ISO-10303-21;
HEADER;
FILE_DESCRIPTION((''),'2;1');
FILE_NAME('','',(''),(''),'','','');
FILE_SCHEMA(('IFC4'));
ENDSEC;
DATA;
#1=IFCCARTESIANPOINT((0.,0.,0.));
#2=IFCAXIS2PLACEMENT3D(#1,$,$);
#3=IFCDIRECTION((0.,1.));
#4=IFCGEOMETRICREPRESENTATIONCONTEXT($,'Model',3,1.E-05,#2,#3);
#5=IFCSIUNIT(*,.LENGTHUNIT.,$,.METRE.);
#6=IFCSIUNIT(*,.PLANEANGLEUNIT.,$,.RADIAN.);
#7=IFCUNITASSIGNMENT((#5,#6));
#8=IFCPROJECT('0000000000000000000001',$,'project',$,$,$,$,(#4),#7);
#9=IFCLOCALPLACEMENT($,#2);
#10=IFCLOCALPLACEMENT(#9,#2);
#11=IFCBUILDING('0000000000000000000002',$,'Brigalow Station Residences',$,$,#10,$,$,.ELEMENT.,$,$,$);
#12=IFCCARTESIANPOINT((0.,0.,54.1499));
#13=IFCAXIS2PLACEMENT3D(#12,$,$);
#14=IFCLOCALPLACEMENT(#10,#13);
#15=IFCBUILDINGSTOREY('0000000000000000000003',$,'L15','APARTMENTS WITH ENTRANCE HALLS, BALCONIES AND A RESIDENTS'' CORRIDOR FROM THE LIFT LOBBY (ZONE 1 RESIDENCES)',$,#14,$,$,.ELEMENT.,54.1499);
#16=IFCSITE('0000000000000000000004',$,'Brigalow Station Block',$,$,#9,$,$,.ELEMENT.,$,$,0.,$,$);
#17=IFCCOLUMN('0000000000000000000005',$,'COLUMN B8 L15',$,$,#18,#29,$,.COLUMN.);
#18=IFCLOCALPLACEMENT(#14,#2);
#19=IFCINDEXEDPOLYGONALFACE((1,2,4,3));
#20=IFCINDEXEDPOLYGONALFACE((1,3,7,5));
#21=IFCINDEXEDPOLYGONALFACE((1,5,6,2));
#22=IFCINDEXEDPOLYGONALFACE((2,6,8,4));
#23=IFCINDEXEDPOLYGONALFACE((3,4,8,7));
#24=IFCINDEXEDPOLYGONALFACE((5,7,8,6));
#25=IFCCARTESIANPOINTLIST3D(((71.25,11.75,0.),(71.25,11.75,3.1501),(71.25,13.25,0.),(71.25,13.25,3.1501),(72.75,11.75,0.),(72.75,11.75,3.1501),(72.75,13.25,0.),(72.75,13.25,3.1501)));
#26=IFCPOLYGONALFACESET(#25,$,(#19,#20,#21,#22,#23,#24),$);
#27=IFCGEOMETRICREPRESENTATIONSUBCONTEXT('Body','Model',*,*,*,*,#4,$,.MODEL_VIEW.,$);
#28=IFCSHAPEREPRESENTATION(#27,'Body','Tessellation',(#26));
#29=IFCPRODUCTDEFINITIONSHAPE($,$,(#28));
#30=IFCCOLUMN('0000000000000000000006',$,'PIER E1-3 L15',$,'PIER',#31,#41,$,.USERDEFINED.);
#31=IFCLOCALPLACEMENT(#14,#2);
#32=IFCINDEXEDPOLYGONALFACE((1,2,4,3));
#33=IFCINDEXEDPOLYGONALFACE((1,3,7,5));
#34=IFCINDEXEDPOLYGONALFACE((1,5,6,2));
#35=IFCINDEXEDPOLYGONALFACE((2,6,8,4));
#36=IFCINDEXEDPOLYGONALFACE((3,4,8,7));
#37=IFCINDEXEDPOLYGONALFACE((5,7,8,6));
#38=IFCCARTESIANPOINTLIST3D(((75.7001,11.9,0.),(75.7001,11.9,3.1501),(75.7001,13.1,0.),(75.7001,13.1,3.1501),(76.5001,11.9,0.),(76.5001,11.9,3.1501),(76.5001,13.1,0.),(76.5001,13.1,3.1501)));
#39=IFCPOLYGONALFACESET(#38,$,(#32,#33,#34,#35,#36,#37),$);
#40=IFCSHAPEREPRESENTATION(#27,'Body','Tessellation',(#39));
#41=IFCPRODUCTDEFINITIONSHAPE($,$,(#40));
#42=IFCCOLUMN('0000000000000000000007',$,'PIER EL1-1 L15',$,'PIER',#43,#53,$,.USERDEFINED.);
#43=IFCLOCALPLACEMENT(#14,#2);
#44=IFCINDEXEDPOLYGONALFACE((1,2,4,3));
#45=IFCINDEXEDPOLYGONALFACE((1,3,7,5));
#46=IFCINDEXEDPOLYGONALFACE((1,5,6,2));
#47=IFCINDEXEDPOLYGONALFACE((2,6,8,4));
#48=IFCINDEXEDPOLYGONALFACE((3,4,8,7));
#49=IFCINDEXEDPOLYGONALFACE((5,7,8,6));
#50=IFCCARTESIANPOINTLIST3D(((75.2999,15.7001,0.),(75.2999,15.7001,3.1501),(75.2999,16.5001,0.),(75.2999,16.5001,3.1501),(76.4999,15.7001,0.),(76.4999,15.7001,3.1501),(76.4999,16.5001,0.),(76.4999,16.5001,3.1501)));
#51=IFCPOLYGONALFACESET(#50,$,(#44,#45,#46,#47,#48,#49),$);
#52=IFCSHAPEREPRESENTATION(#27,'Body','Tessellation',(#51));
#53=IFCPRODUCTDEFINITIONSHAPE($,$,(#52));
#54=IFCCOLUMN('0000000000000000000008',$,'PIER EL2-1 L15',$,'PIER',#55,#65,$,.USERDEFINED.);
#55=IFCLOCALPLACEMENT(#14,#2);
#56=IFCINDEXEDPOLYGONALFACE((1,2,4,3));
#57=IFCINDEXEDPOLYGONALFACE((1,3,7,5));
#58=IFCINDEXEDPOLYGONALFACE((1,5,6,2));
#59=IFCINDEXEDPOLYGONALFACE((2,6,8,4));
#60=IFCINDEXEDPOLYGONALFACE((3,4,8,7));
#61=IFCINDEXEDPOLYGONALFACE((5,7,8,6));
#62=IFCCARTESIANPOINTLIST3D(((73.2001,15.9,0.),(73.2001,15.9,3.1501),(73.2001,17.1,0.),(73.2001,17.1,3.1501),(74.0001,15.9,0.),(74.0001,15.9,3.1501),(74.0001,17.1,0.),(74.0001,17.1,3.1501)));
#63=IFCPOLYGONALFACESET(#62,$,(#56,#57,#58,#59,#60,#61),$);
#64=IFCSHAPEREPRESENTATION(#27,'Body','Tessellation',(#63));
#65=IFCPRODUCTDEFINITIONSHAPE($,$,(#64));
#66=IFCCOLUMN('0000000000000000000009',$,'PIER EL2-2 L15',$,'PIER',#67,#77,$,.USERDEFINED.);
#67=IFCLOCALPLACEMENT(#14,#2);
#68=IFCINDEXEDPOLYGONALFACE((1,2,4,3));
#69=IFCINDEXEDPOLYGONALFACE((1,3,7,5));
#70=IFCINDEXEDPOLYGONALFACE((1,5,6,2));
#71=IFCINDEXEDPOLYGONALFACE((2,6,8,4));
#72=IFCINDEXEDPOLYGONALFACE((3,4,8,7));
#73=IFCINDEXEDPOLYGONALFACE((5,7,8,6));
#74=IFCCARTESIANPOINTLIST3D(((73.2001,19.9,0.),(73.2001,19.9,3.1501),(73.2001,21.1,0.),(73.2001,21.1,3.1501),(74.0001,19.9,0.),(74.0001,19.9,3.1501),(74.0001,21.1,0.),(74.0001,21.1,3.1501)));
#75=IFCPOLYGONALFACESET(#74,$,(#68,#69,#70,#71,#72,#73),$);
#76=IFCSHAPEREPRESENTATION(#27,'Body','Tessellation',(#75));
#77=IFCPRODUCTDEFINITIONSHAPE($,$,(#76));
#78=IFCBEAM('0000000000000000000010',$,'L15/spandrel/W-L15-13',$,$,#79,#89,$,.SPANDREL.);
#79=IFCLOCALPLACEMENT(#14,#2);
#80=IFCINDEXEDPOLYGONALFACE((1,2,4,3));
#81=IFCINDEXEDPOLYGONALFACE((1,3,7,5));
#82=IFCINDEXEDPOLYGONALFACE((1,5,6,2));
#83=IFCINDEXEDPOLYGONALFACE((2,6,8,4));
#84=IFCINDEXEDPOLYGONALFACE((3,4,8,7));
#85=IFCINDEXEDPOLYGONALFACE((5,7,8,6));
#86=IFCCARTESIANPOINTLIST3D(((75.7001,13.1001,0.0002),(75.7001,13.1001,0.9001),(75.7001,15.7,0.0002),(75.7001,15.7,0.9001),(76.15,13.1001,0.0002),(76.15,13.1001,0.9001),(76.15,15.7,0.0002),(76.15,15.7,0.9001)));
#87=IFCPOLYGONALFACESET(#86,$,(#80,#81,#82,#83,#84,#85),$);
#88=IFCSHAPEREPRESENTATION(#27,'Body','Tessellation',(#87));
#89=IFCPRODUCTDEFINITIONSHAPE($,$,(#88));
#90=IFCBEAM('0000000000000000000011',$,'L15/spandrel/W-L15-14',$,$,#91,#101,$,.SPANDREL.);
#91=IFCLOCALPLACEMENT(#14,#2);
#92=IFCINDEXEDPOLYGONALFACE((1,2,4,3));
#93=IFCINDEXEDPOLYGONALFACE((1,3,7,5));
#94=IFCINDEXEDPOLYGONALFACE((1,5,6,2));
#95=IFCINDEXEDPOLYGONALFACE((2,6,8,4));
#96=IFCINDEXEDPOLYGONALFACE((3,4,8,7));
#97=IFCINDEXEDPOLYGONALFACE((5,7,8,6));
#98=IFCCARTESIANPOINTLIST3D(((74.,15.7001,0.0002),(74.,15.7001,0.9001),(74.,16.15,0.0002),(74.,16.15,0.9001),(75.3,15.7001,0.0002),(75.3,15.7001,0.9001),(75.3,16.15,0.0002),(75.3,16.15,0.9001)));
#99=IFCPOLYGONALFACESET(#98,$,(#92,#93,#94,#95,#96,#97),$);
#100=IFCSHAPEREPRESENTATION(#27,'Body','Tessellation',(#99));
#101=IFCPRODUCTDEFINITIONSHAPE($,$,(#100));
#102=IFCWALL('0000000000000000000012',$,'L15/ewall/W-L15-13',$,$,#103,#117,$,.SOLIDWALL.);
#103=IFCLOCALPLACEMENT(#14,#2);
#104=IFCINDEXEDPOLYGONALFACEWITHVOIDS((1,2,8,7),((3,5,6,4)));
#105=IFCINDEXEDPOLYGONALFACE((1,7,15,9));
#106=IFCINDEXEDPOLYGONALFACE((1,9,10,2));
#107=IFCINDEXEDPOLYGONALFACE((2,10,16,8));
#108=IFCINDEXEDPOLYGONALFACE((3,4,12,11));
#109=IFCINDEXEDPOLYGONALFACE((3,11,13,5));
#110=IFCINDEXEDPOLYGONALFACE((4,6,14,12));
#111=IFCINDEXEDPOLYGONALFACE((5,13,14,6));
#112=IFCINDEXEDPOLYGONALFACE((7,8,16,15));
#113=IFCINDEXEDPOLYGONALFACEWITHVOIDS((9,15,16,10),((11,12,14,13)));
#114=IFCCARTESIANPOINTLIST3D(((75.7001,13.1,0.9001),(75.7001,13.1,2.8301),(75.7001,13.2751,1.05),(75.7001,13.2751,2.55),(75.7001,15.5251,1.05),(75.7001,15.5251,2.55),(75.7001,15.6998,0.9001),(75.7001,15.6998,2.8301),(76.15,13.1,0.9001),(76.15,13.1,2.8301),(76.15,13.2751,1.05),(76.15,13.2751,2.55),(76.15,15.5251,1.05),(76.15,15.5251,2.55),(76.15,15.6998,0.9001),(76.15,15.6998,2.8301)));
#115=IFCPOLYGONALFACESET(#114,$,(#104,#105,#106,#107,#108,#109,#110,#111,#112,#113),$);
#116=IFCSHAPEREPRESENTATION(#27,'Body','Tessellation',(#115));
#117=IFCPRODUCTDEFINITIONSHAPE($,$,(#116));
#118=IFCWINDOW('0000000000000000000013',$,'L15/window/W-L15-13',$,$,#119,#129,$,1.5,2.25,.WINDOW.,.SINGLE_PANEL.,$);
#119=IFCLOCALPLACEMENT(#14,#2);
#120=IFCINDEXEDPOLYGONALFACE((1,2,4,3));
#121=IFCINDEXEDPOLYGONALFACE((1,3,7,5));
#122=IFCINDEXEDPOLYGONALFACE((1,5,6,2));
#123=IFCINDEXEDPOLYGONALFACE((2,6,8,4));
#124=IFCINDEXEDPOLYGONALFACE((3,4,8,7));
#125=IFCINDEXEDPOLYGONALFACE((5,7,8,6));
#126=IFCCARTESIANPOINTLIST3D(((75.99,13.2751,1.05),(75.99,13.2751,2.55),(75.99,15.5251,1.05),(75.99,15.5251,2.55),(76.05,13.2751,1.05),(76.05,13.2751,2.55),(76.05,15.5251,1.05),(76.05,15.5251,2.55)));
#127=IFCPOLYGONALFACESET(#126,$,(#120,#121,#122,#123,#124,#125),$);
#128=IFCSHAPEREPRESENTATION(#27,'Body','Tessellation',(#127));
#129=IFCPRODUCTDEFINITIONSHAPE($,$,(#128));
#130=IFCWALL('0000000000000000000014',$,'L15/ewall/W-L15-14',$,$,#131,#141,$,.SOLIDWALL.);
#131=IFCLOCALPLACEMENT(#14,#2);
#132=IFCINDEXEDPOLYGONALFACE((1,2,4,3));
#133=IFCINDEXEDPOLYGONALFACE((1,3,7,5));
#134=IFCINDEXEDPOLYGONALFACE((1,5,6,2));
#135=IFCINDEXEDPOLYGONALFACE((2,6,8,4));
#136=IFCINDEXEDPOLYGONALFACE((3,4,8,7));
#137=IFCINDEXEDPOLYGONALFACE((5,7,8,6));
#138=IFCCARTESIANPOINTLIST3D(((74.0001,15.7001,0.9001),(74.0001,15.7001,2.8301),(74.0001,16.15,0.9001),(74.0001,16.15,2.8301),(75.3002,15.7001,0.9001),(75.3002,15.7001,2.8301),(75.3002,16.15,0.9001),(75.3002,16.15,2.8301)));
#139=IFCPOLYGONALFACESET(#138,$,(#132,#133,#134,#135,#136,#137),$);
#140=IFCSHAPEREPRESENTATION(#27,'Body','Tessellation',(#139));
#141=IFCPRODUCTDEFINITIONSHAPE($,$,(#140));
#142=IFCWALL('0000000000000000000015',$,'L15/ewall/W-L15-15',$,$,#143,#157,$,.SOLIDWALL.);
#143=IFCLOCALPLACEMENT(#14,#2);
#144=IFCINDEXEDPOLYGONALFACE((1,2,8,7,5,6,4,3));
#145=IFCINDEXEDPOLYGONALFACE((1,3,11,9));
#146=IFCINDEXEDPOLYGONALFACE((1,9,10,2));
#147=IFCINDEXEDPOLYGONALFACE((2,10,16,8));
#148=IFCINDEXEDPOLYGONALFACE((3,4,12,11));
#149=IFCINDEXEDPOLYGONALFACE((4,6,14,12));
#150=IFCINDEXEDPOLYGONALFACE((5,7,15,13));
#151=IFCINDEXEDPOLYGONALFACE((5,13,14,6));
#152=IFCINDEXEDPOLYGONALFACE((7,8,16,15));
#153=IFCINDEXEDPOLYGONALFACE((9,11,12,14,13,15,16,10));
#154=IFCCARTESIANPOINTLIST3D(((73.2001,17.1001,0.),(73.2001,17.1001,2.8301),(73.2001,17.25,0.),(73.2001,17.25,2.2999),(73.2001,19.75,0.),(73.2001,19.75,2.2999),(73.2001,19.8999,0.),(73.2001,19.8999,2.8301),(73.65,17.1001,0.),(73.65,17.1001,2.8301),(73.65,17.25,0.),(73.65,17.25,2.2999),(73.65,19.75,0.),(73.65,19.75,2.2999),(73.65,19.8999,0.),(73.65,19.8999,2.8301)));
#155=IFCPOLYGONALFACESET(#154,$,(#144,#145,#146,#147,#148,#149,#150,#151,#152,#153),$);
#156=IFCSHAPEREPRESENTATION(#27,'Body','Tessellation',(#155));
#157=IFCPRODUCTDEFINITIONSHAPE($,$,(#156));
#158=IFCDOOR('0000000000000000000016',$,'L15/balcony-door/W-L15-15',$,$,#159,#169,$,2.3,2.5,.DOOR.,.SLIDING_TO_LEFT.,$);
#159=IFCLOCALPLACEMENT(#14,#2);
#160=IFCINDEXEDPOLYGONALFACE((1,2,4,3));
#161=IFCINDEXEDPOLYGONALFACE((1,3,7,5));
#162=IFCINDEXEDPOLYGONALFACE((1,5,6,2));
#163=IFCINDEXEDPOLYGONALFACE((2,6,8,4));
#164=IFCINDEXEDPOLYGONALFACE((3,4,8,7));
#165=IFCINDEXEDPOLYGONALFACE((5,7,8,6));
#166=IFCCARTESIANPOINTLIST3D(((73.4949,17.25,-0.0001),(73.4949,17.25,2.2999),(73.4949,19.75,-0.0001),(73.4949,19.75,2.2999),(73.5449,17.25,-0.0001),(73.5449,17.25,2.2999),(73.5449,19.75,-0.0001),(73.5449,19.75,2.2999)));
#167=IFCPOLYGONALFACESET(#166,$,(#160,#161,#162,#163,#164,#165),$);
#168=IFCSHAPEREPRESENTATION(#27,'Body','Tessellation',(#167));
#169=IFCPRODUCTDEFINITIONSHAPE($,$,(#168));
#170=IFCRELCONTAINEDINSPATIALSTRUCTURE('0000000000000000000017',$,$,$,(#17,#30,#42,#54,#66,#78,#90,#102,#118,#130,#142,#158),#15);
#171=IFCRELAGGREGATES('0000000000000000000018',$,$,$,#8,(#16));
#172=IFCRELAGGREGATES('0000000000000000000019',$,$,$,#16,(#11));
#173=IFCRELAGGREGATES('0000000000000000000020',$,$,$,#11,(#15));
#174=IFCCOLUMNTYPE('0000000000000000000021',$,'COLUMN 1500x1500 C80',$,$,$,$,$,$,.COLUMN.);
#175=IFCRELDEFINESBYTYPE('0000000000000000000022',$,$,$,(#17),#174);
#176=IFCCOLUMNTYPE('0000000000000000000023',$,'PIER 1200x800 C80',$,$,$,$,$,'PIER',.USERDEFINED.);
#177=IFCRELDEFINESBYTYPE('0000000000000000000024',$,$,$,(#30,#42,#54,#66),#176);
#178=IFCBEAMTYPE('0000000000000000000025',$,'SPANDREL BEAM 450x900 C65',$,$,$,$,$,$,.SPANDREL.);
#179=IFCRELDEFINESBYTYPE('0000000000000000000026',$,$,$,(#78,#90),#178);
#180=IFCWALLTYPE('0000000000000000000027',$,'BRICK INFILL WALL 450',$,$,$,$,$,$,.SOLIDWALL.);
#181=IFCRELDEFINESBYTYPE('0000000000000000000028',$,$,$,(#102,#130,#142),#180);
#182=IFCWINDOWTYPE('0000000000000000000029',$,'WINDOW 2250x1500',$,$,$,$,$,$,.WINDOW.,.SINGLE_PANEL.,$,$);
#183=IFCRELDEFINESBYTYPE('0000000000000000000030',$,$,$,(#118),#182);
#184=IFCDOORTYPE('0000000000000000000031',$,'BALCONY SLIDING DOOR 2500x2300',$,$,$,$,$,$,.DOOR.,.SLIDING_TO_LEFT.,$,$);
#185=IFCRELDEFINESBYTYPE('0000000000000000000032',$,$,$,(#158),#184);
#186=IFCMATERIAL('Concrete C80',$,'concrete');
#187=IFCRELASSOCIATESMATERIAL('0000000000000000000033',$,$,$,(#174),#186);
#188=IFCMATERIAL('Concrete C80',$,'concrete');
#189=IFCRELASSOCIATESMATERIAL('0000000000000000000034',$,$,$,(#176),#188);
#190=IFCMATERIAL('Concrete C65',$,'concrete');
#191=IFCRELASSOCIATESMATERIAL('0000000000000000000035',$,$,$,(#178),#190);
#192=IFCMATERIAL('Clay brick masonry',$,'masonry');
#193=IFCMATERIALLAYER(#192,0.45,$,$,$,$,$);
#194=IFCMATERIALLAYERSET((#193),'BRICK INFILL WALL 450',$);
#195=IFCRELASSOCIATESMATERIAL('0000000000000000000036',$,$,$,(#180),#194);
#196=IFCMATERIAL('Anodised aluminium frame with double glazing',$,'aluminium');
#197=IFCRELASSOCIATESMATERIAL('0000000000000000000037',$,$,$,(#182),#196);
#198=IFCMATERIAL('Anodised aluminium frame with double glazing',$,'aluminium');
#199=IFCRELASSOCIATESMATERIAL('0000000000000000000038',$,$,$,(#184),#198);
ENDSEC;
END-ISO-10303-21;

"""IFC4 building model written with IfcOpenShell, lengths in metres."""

from ifc_helpers import new_model, si_unit, direction, frame, frame_2d, origin, origin_2d, place, context, subcontext, project, spatial, rectangle, extrude, material, layer, layer_set, material_profile, profile_set, type_object, element, fill, save


model = new_model("IFC4")

# Units and contexts
model_context = context("Model", 3, precision=1e-05, world=origin(), true_north=direction((0.0, 1.0)))
body_context = subcontext(model_context, "Body", "Model", "MODEL_VIEW")
ifc_project = project(units=[si_unit("LENGTHUNIT", "METRE"), si_unit("PLANEANGLEUNIT", "RADIAN")], contexts=[model_context])

# Site, building, storey
site_placement = place(None, origin())
site = spatial("IfcSite", under=ifc_project, at=site_placement, Name="Brigalow Station Block", CompositionType="ELEMENT", RefElevation=0.0)
building_placement = place(site_placement, origin())
building = spatial("IfcBuilding", under=site, at=building_placement, Name="Brigalow Station Residences", CompositionType="ELEMENT")
storey_placement = place(building_placement, frame((0.0, 0.0, 54.1499)))
storey = spatial("IfcBuildingStorey", under=building, at=storey_placement, Name="L15", Description="APARTMENTS WITH ENTRANCE HALLS, BALCONIES AND A RESIDENTS' CORRIDOR FROM THE LIFT LOBBY (ZONE 1 RESIDENCES)", CompositionType="ELEMENT", Elevation=54.1499)

# Columns
ifc_material_1 = material(Name="Concrete C80", Category="concrete")
ifc_material_profile_1 = material_profile(ifc_material_1, rectangle(XDim=1.5, YDim=1.5, at=origin_2d()), Name="RC1500x1500")
ifc_profile_set_1 = profile_set([ifc_material_profile_1], Name="Concrete C80")
column_type_1 = type_object("IfcColumnType", Name="COLUMN 1500x1500 C80", PredefinedType="COLUMN", material=ifc_profile_set_1)
column_placement = place(storey_placement, frame((72.0, 12.5, 0.0), z_axis=(0.0, 0.0, 1.0), x_axis=(1.0, 0.0, 0.0)))
element("IfcColumn", 1, at=column_placement, inside=storey, type_object=column_type_1, Name="COLUMN B8 L15", PredefinedType="COLUMN", context=body_context, shape_type="SweptSolid", body=[
    extrude(rectangle(XDim=1.5, YDim=1.5, at=origin_2d()), origin(), (0.0, 0.0, 1.0), 3.1501),
])
ifc_material_2 = material(Name="Concrete C80", Category="concrete")
ifc_material_profile_2 = material_profile(ifc_material_2, rectangle(XDim=1.2, YDim=0.8, at=origin_2d()), Name="RC1200x800")
ifc_profile_set_2 = profile_set([ifc_material_profile_2], Name="Concrete C80")
column_type_2 = type_object("IfcColumnType", Name="PIER 1200x800 C80", ElementType="PIER", PredefinedType="USERDEFINED", material=ifc_profile_set_2)
for number, where, z_axis, x_axis, name in (
    (2, (76.1001, 12.5, 0.0), (0.0, 0.0, 1.0), (0.0, 1.0, 0.0), "PIER E1-3 L15"),
    (3, (75.8999, 16.1001, 0.0), (0.0, 0.0, 1.0), (-1.0, 0.0, 0.0), "PIER EL1-1 L15"),
    (4, (73.6001, 16.5, 0.0), (0.0, 0.0, 1.0), (0.0, 1.0, 0.0), "PIER EL2-1 L15"),
    (5, (73.6001, 20.5, 0.0), (0.0, 0.0, 1.0), (0.0, 1.0, 0.0), "PIER EL2-2 L15"),
):
    element("IfcColumn", number, at=place(storey_placement, frame(where, z_axis=z_axis, x_axis=x_axis)), inside=storey, type_object=column_type_2, Name=name, ObjectType="PIER", PredefinedType="USERDEFINED", context=body_context, shape_type="SweptSolid", body=[
        extrude(rectangle(XDim=1.2, YDim=0.8, at=origin_2d()), origin(), (0.0, 0.0, 1.0), 3.1501),
    ])

# Beams
ifc_material_3 = material(Name="Concrete C65", Category="concrete")
ifc_material_profile_3 = material_profile(ifc_material_3, rectangle(XDim=0.45, YDim=0.8999, at=origin_2d()), Name="RC450x900")
ifc_profile_set_3 = profile_set([ifc_material_profile_3], Name="Concrete C65")
beam_type = type_object("IfcBeamType", Name="SPANDREL BEAM 450x900 C65", PredefinedType="SPANDREL", material=ifc_profile_set_3)
beam_1_placement = place(storey_placement, frame((75.925, 13.1001, 0.4502), z_axis=(0.0, 1.0, 0.0), x_axis=(-1.0, 0.0, 0.0)))
element("IfcBeam", 6, at=beam_1_placement, inside=storey, type_object=beam_type, Name="L15/spandrel/W-L15-13", PredefinedType="SPANDREL", context=body_context, shape_type="SweptSolid", body=[
    extrude(rectangle(XDim=0.45, YDim=0.8999, at=origin_2d()), origin(), (0.0, 0.0, 1.0), 2.5999),
])
beam_2_placement = place(storey_placement, frame((75.3, 15.925, 0.4502), z_axis=(-1.0, 0.0, 0.0), x_axis=(0.0, -1.0, 0.0)))
element("IfcBeam", 7, at=beam_2_placement, inside=storey, type_object=beam_type, Name="L15/spandrel/W-L15-14", PredefinedType="SPANDREL", context=body_context, shape_type="SweptSolid", body=[
    extrude(rectangle(XDim=0.45, YDim=0.8999, at=origin_2d()), origin(), (0.0, 0.0, 1.0), 1.3),
])

# Wall, opening, window
ifc_material_4 = material(Name="Clay brick masonry", Category="masonry")
ifc_layer_1 = layer(ifc_material_4, 0.45)
ifc_layer_set_1 = layer_set([ifc_layer_1], Name="BRICK INFILL WALL 450")
wall_type_1 = type_object("IfcWallType", Name="BRICK INFILL WALL 450", PredefinedType="SOLIDWALL", material=ifc_layer_set_1)
wall_1_placement = place(storey_placement, frame((75.925, 13.1001, 0.9001), z_axis=(0.0, 0.0, 1.0), x_axis=(0.0, 1.0, 0.0)))
wall_1 = element("IfcWall", 8, at=wall_1_placement, inside=storey, type_object=wall_type_1, Name="L15/ewall/W-L15-13", PredefinedType="SOLIDWALL", context=body_context, shape_type="SweptSolid", body=[
    extrude(rectangle(XDim=2.5999, YDim=0.45, at=frame_2d((1.2998, 0.0))), origin(), (0.0, 0.0, 1.0), 1.9299),
])
opening_1_placement = place(wall_1_placement, frame((0.175, 0.0, 0.1499)))
opening_1 = element("IfcOpeningElement", 9, at=opening_1_placement, cuts=wall_1, PredefinedType="OPENING", context=body_context, shape_type="SweptSolid", body=[
    extrude(rectangle(XDim=2.25, YDim=1.5, at=frame_2d((1.125, 0.75))), frame((0.0, 0.2349, 0.0), z_axis=(0.0, -1.0, 0.0), x_axis=(1.0, 0.0, 0.0)), (0.0, 0.0, 1.0), 0.47),
])
ifc_material_5 = material(Name="Anodised aluminium frame with double glazing", Category="aluminium")
window_type = type_object("IfcWindowType", Name="WINDOW 2250x1500", PartitioningType="SINGLE_PANEL", PredefinedType="WINDOW", material=ifc_material_5)
window_placement = place(opening_1_placement, origin())
window = element("IfcWindow", 10, at=window_placement, inside=storey, type_object=window_type, Name="L15/window/W-L15-13", OverallHeight=1.5, OverallWidth=2.25, PartitioningType="SINGLE_PANEL", PredefinedType="WINDOW", context=body_context, shape_type="SweptSolid", body=[
    extrude(rectangle(XDim=2.25, YDim=1.5, at=frame_2d((1.125, 0.75))), frame((0.0, -0.0649, 0.0), z_axis=(0.0, -1.0, 0.0), x_axis=(1.0, 0.0, 0.0)), (0.0, 0.0, 1.0), 0.0601),
])
fill(opening_1, window)

# Wall
wall_2_placement = place(storey_placement, frame((75.3, 15.925, 0.9001), z_axis=(0.0, 0.0, 1.0), x_axis=(-1.0, 0.0, 0.0)))
element("IfcWall", 11, at=wall_2_placement, inside=storey, type_object=wall_type_1, Name="L15/ewall/W-L15-14", PredefinedType="SOLIDWALL", context=body_context, shape_type="SweptSolid", body=[
    extrude(rectangle(XDim=1.3, YDim=0.45, at=frame_2d((0.6499, 0.0))), origin(), (0.0, 0.0, 1.0), 1.9299),
])

# Wall, opening, door
wall_3_placement = place(storey_placement, frame((73.425, 17.1001, 0.0), z_axis=(0.0, 0.0, 1.0), x_axis=(0.0, 1.0, 0.0)))
wall_3 = element("IfcWall", 12, at=wall_3_placement, inside=storey, type_object=wall_type_1, Name="L15/ewall/W-L15-15", PredefinedType="SOLIDWALL", context=body_context, shape_type="SweptSolid", body=[
    extrude(rectangle(XDim=2.7998, YDim=0.45, at=frame_2d((1.3999, 0.0))), origin(), (0.0, 0.0, 1.0), 2.8301),
])
opening_2_placement = place(wall_3_placement, frame((0.1499, 0.0, 0.0)))
opening_2 = element("IfcOpeningElement", 13, at=opening_2_placement, cuts=wall_3, PredefinedType="OPENING", context=body_context, shape_type="SweptSolid", body=[
    extrude(rectangle(XDim=2.5, YDim=2.3, at=frame_2d((1.25, 1.1499))), frame((0.0, 0.2349, 0.0), z_axis=(0.0, -1.0, 0.0), x_axis=(1.0, 0.0, 0.0)), (0.0, 0.0, 1.0), 0.47),
])
ifc_material_6 = material(Name="Anodised aluminium frame with double glazing", Category="aluminium")
door_type_1 = type_object("IfcDoorType", Name="BALCONY SLIDING DOOR 2500x2300", OperationType="SLIDING_TO_LEFT", PredefinedType="DOOR", material=ifc_material_6)
door_1_placement = place(opening_2_placement, origin())
door_1 = element("IfcDoor", 14, at=door_1_placement, inside=storey, type_object=door_type_1, Name="L15/balcony-door/W-L15-15", OperationType="SLIDING_TO_LEFT", OverallHeight=2.3, OverallWidth=2.5, PredefinedType="DOOR", context=body_context, shape_type="SweptSolid", body=[
    extrude(rectangle(XDim=2.5, YDim=2.3, at=frame_2d((1.25, 1.1499))), frame((0.0, -0.0698, 0.0), z_axis=(0.0, -1.0, 0.0), x_axis=(1.0, 0.0, 0.0)), (0.0, 0.0, 1.0), 0.05),
])
fill(opening_2, door_1)

save(model, "model.ifc")
